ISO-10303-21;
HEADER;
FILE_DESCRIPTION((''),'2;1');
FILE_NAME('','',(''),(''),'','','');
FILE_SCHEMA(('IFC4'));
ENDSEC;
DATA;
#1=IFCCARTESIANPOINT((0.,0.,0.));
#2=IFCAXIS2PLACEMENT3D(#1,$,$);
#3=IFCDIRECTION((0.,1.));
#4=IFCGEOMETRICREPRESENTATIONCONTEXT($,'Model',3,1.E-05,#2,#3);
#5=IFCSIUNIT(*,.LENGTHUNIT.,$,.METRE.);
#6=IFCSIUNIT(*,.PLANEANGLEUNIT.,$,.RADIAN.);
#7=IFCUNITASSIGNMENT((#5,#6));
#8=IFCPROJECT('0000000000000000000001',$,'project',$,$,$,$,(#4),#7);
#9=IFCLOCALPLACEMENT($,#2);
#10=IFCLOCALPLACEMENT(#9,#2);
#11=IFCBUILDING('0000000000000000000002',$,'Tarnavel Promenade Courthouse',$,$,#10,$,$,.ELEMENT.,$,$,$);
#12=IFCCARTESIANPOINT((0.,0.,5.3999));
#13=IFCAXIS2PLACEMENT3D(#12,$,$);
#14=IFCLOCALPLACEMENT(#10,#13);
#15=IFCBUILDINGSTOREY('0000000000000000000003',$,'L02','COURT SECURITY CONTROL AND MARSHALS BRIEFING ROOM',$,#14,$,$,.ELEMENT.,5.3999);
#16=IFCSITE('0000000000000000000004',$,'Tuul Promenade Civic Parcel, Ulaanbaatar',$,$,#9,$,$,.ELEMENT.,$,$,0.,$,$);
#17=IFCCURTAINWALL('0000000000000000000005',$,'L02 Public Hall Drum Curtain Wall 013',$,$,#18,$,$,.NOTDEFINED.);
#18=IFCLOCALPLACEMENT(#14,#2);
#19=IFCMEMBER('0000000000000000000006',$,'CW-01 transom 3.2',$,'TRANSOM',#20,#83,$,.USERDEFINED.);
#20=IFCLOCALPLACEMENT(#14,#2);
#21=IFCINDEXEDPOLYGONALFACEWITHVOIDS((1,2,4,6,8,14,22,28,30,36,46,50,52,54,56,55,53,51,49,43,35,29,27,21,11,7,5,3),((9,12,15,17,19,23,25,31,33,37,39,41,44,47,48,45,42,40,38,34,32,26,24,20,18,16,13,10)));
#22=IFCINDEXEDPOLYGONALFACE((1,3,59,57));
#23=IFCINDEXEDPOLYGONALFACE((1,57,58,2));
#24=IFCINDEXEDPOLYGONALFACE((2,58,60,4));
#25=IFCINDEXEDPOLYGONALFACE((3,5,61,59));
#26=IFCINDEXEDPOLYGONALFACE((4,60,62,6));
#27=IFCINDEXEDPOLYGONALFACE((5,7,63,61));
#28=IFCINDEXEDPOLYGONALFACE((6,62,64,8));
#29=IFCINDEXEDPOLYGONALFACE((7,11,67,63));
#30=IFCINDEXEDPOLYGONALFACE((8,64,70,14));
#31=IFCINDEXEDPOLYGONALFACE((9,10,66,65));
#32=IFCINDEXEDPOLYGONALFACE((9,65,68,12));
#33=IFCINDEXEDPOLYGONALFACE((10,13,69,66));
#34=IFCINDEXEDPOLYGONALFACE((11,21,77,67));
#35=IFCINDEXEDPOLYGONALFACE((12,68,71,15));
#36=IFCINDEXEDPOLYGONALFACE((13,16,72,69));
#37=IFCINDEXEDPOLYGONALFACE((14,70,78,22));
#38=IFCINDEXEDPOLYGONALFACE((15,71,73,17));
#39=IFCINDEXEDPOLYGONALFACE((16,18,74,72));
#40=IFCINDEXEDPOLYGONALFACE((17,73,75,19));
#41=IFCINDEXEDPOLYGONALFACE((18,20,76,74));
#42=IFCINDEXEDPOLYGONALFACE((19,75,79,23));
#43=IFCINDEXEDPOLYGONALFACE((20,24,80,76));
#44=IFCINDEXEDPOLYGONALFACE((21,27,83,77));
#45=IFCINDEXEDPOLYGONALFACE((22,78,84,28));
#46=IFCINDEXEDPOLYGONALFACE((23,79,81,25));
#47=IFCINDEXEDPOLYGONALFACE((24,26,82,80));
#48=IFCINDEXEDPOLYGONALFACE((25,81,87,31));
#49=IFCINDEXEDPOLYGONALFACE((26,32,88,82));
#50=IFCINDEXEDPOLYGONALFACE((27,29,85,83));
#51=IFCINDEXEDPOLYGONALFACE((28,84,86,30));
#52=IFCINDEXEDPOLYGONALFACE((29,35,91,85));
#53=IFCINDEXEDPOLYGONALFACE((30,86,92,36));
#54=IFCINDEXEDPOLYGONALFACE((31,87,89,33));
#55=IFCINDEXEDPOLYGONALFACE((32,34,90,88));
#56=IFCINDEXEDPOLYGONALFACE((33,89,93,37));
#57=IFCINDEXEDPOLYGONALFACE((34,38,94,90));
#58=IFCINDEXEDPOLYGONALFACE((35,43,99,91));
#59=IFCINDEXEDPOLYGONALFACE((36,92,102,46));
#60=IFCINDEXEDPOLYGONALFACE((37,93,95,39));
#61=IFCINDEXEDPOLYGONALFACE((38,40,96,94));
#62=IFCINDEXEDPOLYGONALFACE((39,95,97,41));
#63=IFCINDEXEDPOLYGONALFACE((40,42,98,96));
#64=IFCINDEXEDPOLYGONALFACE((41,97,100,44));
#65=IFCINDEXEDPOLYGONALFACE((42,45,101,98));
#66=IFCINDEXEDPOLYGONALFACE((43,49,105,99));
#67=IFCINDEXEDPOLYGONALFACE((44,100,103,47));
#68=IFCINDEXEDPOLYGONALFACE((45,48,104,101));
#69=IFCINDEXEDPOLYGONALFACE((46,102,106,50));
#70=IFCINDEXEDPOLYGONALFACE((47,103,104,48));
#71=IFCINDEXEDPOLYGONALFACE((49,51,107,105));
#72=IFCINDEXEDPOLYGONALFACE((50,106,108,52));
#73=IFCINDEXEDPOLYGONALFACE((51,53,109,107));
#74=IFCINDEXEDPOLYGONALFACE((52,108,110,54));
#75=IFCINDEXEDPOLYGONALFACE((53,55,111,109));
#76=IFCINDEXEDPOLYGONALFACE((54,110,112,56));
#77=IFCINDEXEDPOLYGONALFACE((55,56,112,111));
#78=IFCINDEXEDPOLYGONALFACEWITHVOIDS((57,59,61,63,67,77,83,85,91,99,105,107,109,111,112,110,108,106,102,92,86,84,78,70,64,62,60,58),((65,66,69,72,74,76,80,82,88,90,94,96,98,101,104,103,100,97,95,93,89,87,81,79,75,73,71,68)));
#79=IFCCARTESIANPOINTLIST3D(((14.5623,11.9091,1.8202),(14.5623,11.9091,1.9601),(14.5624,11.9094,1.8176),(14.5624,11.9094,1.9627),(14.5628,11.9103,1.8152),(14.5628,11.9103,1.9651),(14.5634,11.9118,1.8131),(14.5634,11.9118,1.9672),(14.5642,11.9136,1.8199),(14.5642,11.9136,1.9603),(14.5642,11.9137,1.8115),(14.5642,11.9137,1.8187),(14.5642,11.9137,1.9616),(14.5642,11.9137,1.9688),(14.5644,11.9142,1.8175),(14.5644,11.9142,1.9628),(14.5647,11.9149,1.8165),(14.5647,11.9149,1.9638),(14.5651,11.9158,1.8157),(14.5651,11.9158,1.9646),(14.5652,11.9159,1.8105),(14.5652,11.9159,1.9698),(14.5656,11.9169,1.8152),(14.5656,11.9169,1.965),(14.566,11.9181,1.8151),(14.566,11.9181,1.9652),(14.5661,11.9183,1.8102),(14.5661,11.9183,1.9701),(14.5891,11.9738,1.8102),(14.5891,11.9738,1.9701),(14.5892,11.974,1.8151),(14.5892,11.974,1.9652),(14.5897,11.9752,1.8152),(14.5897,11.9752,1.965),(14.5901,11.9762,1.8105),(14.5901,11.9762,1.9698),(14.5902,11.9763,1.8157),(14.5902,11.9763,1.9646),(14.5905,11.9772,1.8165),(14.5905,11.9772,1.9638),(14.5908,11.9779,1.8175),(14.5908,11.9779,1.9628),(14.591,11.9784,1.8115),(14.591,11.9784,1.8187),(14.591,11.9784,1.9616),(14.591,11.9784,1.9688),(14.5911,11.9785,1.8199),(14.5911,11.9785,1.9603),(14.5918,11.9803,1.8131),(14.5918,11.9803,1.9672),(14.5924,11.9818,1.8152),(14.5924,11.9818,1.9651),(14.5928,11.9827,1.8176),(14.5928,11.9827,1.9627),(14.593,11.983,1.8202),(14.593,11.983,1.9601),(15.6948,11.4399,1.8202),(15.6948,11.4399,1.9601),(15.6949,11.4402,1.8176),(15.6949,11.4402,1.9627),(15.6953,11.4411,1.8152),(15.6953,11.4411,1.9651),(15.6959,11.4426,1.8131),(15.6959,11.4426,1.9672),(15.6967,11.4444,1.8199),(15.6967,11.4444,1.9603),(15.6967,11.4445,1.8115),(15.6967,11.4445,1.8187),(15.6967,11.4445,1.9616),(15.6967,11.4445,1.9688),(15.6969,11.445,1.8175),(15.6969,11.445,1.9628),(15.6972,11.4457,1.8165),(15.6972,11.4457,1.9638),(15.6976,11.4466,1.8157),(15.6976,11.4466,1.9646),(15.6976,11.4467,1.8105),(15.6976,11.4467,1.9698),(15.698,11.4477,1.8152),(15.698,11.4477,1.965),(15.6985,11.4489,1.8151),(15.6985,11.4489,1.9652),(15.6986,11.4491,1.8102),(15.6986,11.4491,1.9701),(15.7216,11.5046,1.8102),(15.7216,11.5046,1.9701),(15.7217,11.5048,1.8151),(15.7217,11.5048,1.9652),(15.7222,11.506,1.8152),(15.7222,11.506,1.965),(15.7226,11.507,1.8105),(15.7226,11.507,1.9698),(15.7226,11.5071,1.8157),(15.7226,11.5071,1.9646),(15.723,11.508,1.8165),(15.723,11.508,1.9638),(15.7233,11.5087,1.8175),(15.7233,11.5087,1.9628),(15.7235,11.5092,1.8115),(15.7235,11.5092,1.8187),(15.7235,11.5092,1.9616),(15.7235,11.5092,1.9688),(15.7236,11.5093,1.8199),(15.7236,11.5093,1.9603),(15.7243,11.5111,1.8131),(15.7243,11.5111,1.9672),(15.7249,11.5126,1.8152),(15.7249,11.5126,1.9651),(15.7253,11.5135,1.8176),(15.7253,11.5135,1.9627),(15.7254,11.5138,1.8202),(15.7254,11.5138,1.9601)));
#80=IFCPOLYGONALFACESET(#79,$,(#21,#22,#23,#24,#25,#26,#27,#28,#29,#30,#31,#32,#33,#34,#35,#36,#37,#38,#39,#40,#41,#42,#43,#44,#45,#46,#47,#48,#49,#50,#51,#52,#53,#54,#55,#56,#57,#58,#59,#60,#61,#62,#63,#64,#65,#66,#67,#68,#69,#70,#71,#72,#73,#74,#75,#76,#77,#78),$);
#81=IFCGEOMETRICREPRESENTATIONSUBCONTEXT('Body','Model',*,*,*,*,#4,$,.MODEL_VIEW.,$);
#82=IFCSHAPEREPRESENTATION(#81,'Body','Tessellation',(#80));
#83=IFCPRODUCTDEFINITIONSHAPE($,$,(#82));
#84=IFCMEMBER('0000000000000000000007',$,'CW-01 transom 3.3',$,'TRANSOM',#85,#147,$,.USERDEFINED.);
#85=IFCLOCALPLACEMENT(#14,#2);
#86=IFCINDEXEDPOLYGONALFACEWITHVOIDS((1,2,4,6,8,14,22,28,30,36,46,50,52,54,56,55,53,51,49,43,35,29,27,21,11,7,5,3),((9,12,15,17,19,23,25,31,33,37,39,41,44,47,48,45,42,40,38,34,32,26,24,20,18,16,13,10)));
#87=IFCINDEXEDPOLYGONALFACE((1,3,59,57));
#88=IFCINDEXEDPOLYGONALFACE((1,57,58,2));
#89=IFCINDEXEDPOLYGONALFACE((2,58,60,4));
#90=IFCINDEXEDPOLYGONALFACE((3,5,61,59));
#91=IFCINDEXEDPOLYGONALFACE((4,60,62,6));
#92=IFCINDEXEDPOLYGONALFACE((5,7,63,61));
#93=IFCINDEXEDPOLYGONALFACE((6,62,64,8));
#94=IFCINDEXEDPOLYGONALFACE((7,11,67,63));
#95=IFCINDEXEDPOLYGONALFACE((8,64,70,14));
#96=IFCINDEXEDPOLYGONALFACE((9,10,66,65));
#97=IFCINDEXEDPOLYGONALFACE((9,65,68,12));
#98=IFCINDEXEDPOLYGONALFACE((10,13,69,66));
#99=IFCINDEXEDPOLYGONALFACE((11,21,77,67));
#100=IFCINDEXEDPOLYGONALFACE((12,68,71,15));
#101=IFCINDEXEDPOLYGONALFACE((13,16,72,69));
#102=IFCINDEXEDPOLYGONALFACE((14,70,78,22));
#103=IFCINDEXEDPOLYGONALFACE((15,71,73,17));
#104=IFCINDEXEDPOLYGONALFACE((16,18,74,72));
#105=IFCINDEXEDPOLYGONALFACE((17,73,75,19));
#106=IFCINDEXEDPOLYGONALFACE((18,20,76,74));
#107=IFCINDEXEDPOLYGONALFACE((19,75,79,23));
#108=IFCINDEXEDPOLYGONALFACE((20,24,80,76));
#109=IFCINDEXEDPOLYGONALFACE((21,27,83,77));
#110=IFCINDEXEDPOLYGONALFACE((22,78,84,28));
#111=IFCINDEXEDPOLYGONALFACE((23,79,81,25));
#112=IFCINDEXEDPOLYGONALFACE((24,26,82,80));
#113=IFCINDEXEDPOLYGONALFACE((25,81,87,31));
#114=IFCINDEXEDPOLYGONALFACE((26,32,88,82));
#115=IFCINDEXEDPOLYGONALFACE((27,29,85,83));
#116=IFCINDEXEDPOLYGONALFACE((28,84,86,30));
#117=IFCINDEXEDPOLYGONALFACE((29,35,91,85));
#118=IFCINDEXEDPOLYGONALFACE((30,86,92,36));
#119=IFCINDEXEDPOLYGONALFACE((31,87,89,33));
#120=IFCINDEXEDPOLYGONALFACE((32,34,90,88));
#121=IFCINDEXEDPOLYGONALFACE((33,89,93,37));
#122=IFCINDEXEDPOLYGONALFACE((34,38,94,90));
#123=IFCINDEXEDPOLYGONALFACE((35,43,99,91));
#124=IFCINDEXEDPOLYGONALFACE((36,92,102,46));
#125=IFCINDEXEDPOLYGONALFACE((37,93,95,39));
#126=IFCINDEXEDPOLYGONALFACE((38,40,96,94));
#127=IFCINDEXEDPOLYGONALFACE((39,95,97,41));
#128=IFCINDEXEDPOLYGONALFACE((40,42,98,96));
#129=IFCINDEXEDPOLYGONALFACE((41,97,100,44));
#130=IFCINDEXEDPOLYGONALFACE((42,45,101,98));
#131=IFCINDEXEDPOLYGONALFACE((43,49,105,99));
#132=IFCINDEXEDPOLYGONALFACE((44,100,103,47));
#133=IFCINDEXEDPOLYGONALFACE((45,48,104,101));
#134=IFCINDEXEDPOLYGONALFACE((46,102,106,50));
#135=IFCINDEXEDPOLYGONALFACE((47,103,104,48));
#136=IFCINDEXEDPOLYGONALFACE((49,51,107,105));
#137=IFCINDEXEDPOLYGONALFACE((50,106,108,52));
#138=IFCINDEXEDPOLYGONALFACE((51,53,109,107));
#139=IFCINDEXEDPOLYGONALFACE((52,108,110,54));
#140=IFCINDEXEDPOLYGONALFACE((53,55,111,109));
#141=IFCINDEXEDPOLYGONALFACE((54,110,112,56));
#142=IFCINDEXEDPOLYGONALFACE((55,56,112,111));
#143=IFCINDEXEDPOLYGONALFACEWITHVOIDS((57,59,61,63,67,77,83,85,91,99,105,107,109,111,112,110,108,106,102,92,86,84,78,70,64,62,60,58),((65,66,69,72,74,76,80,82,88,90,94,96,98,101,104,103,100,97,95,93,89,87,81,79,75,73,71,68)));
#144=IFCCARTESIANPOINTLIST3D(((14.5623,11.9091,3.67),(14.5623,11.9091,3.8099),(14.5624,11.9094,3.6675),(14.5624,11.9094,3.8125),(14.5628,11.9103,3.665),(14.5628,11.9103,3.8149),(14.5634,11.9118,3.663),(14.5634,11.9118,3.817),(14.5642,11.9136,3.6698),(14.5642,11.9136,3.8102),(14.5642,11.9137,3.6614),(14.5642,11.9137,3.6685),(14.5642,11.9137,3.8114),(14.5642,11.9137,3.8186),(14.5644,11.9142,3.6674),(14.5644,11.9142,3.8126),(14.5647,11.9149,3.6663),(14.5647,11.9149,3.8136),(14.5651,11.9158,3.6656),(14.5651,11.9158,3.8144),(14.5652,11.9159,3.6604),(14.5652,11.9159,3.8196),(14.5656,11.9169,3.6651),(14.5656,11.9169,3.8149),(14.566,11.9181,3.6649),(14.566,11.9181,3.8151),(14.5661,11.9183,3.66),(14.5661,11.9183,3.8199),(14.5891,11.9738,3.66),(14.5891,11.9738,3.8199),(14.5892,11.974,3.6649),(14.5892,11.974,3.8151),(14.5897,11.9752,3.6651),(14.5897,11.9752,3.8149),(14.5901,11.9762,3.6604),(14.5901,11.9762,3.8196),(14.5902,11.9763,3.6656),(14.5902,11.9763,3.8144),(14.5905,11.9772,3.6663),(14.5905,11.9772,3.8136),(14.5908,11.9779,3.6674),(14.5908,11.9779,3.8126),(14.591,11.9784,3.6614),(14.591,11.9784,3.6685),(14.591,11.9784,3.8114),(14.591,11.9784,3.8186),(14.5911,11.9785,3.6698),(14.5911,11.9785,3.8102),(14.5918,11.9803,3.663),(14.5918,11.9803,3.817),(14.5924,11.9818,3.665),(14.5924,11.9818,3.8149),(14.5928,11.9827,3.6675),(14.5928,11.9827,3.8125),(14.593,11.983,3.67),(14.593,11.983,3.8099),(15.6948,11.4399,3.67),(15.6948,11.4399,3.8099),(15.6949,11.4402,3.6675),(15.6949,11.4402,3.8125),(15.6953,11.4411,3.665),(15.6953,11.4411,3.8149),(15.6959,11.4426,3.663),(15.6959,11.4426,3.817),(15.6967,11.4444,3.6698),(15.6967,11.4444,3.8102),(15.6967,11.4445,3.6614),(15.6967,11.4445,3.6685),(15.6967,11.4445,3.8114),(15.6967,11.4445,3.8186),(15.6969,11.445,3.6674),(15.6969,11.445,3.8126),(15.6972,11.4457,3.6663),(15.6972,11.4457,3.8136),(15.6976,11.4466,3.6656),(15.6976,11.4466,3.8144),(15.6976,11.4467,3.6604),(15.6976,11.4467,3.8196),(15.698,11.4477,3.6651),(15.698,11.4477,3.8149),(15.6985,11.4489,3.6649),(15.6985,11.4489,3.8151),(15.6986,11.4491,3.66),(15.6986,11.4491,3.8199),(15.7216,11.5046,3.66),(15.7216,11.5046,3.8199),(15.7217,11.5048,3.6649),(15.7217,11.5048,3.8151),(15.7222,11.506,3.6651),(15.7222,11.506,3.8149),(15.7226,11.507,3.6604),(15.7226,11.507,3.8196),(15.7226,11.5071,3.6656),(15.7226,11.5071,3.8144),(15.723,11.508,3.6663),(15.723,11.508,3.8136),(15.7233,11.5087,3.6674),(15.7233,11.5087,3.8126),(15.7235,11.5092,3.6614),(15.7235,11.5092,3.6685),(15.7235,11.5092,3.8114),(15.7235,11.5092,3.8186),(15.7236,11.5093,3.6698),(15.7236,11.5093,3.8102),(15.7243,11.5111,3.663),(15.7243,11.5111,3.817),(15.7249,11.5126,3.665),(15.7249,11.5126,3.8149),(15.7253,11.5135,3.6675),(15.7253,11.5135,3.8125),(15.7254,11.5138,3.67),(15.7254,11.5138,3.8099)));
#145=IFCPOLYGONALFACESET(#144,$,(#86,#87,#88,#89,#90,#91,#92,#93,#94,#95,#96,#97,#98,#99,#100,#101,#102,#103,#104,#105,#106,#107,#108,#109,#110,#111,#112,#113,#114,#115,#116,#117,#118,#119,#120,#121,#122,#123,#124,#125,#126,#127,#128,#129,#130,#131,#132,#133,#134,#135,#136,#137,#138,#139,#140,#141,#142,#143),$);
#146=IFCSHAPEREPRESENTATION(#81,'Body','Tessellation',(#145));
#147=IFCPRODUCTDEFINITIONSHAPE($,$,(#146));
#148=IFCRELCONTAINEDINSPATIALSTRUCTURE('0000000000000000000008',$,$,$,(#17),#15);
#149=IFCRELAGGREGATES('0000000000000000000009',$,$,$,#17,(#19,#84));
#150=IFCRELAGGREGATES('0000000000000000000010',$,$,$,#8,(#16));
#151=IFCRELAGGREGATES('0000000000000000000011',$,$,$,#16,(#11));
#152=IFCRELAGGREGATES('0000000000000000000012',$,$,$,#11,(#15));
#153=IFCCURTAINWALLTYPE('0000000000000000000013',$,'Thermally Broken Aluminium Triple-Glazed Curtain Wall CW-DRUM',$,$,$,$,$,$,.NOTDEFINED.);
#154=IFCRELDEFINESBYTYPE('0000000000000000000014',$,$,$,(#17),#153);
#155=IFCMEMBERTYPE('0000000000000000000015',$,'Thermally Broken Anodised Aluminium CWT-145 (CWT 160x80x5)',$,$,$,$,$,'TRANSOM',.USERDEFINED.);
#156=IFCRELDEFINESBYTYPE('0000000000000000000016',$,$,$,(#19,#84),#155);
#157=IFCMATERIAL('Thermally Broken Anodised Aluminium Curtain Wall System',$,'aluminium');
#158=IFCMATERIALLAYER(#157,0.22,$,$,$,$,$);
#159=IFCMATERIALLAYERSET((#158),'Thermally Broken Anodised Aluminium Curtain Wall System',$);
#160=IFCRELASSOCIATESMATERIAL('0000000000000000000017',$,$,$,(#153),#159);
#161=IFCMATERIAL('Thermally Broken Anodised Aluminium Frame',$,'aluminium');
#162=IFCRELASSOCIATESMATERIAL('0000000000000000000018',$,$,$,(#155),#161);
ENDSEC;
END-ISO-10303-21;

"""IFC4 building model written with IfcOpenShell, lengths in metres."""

from ifc_helpers import new_model, si_unit, direction, frame, origin, origin_2d, place, context, subcontext, project, spatial, hollow_rectangle, extrude, material, layer, layer_set, material_profile, profile_set, type_object, element, aggregate, save


model = new_model("IFC4")

# Units and contexts
model_context = context("Model", 3, precision=1e-05, world=origin(), true_north=direction((0.0, 1.0)))
body_context = subcontext(model_context, "Body", "Model", "MODEL_VIEW")
ifc_project = project(units=[si_unit("LENGTHUNIT", "METRE"), si_unit("PLANEANGLEUNIT", "RADIAN")], contexts=[model_context])

# Site, building, storey
site_placement = place(None, origin())
site = spatial("IfcSite", under=ifc_project, at=site_placement, Name="Tuul Promenade Civic Parcel, Ulaanbaatar", CompositionType="ELEMENT", RefElevation=0.0)
building_placement = place(site_placement, origin())
building = spatial("IfcBuilding", under=site, at=building_placement, Name="Tarnavel Promenade Courthouse", CompositionType="ELEMENT")
storey_placement = place(building_placement, frame((0.0, 0.0, 5.3999)))
storey = spatial("IfcBuildingStorey", under=building, at=storey_placement, Name="L02", Description="COURT SECURITY CONTROL AND MARSHALS BRIEFING ROOM", CompositionType="ELEMENT", Elevation=5.3999)

# Curtain wall
ifc_material_1 = material(Name="Thermally Broken Anodised Aluminium Curtain Wall System", Category="aluminium")
ifc_layer_1 = layer(ifc_material_1, 0.22)
ifc_layer_set_1 = layer_set([ifc_layer_1], Name="Thermally Broken Anodised Aluminium Curtain Wall System")
curtain_wall_type = type_object("IfcCurtainWallType", Name="Thermally Broken Aluminium Triple-Glazed Curtain Wall CW-DRUM", PredefinedType="NOTDEFINED", material=ifc_layer_set_1)
curtain_wall_1_placement = place(storey_placement, origin())
curtain_wall_1 = element("IfcCurtainWall", 1, at=curtain_wall_1_placement, inside=storey, type_object=curtain_wall_type, Name="L02 Public Hall Drum Curtain Wall 013", PredefinedType="NOTDEFINED")
ifc_material_2 = material(Name="Thermally Broken Anodised Aluminium Frame", Category="aluminium")

# Members
ifc_material_profile_1 = material_profile(ifc_material_2, hollow_rectangle(XDim=0.0801, YDim=0.1599, WallThickness=0.0049, InnerFilletRadius=0.0049, OuterFilletRadius=0.01, at=origin_2d()), Name="CWT 160x80x5")
ifc_profile_set_1 = profile_set([ifc_material_profile_1], Name="Thermally Broken Anodised Aluminium Frame")
member_type_1 = type_object("IfcMemberType", Name="Thermally Broken Anodised Aluminium CWT-145 (CWT 160x80x5)", ElementType="TRANSOM", PredefinedType="USERDEFINED", material=ifc_profile_set_1)
member_1_placement = place(storey_placement, frame((14.5776, 11.946, 1.8901), z_axis=(0.923847, -0.382762, 0.0), x_axis=(0.382762, 0.923847, 0.0)))
member_1 = element("IfcMember", 2, at=member_1_placement, type_object=member_type_1, Name="CW-01 transom 3.2", ObjectType="TRANSOM", PredefinedType="USERDEFINED", context=body_context, shape_type="SweptSolid", body=[
    extrude(hollow_rectangle(XDim=0.0801, YDim=0.1599, WallThickness=0.0049, InnerFilletRadius=0.0049, OuterFilletRadius=0.01, at=origin_2d()), origin(), (0.0, 0.0, 1.0), 1.2258),
])
member_2_placement = place(storey_placement, frame((14.5776, 11.946, 3.74), z_axis=(0.923847, -0.382762, 0.0), x_axis=(0.382762, 0.923847, 0.0)))
member_2 = element("IfcMember", 3, at=member_2_placement, type_object=member_type_1, Name="CW-01 transom 3.3", ObjectType="TRANSOM", PredefinedType="USERDEFINED", context=body_context, shape_type="SweptSolid", body=[
    extrude(hollow_rectangle(XDim=0.0801, YDim=0.1599, WallThickness=0.0049, InnerFilletRadius=0.0049, OuterFilletRadius=0.01, at=origin_2d()), origin(), (0.0, 0.0, 1.0), 1.2258),
])

aggregate(curtain_wall_1, [member_1, member_2])

save(model, "model.ifc")
